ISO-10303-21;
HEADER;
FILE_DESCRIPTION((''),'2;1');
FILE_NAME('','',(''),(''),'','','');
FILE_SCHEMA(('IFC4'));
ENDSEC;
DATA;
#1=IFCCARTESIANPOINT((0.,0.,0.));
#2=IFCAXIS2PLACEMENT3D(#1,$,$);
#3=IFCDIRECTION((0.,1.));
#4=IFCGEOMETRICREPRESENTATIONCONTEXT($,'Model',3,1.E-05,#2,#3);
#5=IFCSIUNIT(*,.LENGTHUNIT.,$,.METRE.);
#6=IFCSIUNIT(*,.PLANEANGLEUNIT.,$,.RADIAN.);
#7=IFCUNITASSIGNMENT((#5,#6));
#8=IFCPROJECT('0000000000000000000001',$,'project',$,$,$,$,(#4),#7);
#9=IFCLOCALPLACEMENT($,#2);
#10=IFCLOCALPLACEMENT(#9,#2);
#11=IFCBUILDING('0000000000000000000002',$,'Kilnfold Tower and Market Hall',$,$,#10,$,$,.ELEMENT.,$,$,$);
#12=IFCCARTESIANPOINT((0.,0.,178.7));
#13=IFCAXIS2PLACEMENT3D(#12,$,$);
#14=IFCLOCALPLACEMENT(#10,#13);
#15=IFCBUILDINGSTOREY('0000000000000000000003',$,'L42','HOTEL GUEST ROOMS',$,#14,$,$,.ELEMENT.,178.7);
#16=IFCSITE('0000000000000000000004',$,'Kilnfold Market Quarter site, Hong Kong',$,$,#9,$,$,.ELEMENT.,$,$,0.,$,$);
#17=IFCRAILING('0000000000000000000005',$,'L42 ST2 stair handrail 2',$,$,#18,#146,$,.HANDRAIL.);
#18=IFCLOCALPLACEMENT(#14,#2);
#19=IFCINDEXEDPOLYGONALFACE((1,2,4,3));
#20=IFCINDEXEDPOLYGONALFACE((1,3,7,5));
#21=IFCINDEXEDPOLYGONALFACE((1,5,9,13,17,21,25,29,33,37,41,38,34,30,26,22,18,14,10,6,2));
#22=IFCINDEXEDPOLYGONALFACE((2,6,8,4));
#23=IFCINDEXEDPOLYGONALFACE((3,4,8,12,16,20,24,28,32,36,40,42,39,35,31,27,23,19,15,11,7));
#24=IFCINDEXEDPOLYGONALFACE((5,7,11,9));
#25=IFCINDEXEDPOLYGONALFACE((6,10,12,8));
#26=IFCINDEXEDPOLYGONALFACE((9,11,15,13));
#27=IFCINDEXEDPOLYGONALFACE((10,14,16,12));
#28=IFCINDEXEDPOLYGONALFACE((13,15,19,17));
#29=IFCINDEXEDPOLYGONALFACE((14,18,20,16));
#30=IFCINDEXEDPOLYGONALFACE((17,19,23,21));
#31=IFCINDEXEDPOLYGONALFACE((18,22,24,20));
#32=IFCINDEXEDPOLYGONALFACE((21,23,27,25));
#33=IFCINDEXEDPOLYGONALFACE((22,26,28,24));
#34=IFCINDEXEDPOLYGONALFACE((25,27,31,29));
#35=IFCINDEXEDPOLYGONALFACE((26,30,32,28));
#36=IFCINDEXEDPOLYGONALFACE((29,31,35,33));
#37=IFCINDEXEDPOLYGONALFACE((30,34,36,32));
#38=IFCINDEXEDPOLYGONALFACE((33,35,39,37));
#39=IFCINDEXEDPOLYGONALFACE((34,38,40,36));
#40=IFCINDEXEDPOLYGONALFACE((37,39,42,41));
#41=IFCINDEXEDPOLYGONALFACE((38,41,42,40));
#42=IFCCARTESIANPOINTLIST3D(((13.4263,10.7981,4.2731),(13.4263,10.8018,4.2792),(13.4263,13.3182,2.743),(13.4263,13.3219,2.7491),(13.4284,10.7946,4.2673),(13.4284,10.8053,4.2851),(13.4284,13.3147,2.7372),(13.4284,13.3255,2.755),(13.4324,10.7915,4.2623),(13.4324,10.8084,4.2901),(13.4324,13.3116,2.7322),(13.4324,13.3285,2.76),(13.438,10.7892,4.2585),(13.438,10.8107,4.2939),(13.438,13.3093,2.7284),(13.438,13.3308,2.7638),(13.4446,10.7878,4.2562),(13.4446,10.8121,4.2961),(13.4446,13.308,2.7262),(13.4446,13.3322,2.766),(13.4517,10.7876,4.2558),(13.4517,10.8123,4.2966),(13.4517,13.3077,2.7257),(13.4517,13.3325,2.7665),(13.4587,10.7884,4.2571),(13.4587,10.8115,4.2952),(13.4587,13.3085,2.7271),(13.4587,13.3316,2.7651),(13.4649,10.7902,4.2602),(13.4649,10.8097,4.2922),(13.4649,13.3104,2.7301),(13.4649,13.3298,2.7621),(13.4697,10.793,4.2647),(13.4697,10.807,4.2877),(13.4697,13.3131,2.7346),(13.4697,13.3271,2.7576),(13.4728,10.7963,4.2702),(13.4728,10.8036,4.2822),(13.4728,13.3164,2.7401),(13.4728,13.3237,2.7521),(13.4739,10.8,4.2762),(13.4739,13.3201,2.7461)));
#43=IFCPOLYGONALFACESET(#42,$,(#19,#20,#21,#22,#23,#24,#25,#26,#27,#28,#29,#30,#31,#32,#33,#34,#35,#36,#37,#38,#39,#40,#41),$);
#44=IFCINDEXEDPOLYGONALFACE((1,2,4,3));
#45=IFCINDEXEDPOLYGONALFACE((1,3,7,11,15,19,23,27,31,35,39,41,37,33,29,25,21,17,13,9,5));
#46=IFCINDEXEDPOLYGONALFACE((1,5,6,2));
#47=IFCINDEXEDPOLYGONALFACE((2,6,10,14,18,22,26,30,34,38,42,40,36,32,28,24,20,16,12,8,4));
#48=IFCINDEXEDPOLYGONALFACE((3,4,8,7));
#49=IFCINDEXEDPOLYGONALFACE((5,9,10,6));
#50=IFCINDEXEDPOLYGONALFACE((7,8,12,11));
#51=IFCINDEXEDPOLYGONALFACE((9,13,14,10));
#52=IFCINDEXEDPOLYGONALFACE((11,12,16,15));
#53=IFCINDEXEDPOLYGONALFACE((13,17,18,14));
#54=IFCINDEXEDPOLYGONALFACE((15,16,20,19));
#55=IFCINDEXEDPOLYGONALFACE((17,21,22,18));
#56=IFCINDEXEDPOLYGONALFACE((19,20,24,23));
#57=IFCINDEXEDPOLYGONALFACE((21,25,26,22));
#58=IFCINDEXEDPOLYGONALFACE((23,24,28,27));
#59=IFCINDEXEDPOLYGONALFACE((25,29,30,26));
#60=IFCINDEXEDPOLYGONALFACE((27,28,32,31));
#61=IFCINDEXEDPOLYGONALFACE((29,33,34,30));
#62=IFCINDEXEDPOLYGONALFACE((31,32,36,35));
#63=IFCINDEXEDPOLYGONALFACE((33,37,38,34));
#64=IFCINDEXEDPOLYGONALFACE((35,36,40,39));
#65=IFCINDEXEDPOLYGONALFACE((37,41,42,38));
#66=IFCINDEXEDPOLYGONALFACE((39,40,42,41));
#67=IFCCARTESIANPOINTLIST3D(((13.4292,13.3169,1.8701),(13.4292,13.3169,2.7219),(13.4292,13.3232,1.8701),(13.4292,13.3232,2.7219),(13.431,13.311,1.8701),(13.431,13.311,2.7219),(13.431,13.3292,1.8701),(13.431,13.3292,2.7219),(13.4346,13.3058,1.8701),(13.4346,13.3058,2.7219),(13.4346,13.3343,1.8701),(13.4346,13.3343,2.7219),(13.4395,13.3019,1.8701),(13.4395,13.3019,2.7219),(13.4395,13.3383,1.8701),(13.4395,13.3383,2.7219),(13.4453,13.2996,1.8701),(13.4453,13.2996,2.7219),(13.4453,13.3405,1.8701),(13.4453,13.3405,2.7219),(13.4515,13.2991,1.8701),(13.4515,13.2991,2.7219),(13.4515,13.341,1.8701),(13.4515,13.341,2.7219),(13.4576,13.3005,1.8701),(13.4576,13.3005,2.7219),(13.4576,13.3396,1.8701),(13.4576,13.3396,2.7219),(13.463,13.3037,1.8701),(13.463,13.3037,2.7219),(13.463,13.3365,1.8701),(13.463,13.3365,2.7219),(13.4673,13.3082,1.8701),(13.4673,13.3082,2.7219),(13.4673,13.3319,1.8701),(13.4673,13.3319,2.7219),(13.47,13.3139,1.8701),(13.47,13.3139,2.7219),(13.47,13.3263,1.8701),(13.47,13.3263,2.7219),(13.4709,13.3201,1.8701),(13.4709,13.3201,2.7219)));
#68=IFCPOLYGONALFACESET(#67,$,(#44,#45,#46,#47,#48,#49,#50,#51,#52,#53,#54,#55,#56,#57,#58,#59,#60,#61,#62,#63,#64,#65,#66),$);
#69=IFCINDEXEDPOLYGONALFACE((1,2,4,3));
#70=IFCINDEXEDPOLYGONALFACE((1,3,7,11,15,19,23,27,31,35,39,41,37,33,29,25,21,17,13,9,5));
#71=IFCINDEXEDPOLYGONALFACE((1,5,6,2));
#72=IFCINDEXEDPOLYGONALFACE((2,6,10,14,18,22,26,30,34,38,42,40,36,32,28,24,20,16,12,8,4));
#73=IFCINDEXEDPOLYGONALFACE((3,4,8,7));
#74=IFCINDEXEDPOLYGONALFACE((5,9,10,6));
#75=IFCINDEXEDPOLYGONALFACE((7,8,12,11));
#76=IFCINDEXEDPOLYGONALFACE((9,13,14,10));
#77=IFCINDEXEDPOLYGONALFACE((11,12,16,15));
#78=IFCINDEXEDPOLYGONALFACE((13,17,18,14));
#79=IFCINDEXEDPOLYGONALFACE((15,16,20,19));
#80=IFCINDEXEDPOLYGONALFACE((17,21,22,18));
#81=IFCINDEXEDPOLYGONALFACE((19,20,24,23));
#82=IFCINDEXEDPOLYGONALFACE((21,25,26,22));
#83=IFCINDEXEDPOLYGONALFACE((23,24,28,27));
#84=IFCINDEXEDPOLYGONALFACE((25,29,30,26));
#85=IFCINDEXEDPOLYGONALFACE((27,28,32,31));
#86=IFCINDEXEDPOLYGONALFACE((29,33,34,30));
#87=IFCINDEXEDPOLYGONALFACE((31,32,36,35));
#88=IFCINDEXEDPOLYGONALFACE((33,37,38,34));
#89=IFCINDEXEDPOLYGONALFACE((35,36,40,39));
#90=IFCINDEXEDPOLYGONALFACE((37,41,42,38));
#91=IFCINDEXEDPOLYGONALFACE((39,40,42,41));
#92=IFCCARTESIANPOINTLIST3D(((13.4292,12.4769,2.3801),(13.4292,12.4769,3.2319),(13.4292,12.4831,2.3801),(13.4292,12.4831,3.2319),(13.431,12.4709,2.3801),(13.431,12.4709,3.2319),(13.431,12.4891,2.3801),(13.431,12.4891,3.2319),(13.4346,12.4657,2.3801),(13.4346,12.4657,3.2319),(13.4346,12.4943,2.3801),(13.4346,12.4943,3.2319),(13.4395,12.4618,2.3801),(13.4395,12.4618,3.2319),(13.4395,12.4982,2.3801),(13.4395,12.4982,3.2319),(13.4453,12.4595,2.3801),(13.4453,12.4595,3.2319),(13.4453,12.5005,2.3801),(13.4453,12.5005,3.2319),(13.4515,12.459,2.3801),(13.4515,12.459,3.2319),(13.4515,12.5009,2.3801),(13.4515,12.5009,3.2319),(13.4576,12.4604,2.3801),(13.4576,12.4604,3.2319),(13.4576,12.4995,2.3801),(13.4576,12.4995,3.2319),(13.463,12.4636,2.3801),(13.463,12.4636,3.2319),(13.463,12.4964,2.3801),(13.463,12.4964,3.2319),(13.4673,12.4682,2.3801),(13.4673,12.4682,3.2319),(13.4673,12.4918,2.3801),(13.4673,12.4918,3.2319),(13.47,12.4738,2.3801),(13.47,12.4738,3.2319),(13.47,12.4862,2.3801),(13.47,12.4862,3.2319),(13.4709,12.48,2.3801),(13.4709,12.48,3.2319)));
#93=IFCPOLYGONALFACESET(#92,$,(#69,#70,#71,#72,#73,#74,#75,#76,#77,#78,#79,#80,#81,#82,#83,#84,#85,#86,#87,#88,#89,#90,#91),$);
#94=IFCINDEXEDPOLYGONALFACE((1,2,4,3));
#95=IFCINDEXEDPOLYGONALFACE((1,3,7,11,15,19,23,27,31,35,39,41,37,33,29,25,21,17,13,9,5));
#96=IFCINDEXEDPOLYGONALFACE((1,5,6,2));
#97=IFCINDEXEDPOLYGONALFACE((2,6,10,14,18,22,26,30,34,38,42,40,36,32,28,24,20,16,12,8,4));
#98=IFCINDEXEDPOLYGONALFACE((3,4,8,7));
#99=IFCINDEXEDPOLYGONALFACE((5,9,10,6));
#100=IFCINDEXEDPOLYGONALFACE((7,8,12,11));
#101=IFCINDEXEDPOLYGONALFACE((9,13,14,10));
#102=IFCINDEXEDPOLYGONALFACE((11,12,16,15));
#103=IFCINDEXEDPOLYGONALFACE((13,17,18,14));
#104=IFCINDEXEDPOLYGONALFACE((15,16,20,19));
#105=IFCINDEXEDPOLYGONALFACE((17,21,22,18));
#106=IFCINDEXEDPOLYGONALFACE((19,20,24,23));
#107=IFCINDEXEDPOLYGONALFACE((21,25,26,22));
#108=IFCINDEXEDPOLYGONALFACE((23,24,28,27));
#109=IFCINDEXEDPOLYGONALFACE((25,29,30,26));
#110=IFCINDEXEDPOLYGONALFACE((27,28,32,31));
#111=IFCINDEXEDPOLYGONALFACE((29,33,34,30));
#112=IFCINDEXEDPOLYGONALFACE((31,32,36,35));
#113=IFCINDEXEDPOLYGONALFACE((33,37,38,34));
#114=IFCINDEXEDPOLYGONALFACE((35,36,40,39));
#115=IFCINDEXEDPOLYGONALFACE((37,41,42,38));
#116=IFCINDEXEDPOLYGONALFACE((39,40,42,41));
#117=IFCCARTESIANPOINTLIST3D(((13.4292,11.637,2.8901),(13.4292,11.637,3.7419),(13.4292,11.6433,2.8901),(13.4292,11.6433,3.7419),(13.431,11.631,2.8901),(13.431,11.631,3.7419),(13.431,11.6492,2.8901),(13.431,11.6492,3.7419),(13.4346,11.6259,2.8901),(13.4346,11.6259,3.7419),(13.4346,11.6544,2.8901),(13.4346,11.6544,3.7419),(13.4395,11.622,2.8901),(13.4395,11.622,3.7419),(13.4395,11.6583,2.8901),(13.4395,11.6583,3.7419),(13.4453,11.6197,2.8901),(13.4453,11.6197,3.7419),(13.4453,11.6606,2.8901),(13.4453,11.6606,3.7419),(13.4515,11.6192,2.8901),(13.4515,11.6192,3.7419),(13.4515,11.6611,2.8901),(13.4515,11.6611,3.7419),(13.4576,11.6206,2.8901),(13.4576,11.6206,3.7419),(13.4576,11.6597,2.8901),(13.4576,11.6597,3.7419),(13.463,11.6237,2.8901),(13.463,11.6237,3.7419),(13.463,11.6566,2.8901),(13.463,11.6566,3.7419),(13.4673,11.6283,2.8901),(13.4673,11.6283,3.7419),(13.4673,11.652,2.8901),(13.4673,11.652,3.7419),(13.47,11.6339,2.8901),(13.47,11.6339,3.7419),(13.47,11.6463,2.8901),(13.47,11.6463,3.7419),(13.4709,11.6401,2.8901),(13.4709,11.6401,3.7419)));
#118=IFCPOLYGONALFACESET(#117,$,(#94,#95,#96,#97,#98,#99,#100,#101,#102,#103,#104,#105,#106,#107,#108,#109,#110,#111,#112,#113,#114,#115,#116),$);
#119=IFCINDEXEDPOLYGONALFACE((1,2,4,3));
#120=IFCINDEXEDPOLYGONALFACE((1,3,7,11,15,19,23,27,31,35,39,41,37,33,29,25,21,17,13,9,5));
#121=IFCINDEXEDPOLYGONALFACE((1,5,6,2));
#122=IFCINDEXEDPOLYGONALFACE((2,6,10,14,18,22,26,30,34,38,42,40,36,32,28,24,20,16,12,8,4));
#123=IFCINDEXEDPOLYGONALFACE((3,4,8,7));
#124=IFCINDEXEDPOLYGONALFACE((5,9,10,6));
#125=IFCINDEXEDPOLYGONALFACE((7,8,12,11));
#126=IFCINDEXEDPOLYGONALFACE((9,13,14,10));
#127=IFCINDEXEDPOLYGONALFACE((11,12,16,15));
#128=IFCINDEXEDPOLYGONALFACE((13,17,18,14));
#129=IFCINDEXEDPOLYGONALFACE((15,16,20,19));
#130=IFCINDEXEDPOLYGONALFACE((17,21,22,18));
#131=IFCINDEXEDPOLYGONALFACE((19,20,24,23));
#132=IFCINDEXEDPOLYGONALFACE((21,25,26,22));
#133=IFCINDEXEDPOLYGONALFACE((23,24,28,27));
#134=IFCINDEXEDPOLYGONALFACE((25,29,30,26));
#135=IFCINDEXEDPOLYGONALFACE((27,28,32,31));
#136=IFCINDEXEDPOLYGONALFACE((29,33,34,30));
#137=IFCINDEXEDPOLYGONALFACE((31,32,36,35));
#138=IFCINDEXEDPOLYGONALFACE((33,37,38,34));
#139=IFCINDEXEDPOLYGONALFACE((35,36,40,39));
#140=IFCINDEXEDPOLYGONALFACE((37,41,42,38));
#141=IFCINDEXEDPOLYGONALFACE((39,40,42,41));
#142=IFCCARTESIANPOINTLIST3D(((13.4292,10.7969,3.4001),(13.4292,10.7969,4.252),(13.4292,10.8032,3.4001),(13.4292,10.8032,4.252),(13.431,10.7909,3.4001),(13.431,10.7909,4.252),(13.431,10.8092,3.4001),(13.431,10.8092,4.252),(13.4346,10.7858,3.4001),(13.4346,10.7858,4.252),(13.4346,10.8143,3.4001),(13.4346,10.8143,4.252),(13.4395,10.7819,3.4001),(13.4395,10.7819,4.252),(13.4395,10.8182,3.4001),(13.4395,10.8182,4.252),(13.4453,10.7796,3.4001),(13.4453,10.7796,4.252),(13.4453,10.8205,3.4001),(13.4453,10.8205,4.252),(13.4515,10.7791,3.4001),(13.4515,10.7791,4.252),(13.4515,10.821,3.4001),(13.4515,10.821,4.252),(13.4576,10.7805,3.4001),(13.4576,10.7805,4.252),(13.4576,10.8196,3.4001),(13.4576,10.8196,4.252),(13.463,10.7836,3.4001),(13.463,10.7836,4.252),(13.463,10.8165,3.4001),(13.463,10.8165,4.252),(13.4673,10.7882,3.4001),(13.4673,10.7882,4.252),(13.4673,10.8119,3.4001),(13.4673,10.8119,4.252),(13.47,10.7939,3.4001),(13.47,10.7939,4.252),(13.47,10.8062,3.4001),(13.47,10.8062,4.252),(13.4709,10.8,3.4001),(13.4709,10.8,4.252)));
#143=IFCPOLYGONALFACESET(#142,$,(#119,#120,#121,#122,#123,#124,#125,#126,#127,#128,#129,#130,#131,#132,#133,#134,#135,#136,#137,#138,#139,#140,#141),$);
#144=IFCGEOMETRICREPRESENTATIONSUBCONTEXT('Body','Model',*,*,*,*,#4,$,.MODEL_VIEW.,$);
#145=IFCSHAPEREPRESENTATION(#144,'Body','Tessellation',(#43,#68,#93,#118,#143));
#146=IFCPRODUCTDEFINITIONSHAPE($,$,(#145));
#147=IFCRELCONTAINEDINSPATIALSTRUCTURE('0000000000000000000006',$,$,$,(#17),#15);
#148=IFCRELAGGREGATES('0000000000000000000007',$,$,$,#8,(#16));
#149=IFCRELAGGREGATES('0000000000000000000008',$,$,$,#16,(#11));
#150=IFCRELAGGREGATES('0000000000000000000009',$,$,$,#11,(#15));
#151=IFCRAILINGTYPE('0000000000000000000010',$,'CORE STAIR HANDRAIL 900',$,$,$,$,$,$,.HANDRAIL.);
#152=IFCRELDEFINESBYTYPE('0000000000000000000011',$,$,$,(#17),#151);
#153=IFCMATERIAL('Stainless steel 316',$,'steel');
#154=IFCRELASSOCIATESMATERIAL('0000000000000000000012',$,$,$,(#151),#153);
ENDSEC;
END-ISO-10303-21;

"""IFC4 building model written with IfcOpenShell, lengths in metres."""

from ifc_helpers import new_model, si_unit, direction, frame, origin, origin_2d, place, context, subcontext, project, spatial, circle, extrude, material, type_object, element, save


model = new_model("IFC4")

# Units and contexts
model_context = context("Model", 3, precision=1e-05, world=origin(), true_north=direction((0.0, 1.0)))
body_context = subcontext(model_context, "Body", "Model", "MODEL_VIEW")
ifc_project = project(units=[si_unit("LENGTHUNIT", "METRE"), si_unit("PLANEANGLEUNIT", "RADIAN")], contexts=[model_context])

# Site, building, storey
site_placement = place(None, origin())
site = spatial("IfcSite", under=ifc_project, at=site_placement, Name="Kilnfold Market Quarter site, Hong Kong", CompositionType="ELEMENT", RefElevation=0.0)
building_placement = place(site_placement, origin())
building = spatial("IfcBuilding", under=site, at=building_placement, Name="Kilnfold Tower and Market Hall", CompositionType="ELEMENT")
storey_placement = place(building_placement, frame((0.0, 0.0, 178.7)))
storey = spatial("IfcBuildingStorey", under=building, at=storey_placement, Name="L42", Description="HOTEL GUEST ROOMS", CompositionType="ELEMENT", Elevation=178.7)

# Railing
ifc_material_1 = material(Name="Stainless steel 316", Category="steel")
railing_type = type_object("IfcRailingType", Name="CORE STAIR HANDRAIL 900", PredefinedType="HANDRAIL", material=ifc_material_1)
for number, where, name in (
    (1, (13.45, 13.3201, 1.8701), "L42 ST2 stair handrail 2"),
):
    element("IfcRailing", number, at=place(storey_placement, frame(where)), inside=storey, type_object=railing_type, Name=name, PredefinedType="HANDRAIL", context=body_context, shape_type="SweptSolid", body=[
        extrude(circle(Radius=0.0239, at=origin_2d()), frame((0.0, 0.0, 0.876), z_axis=(0.0, -0.854785, 0.518982), x_axis=(1.0, 0.0, 0.0)), (0.0, 0.0, 1.0), 2.9482),
        extrude(circle(Radius=0.021, at=origin_2d()), origin(), (0.0, 0.0, 1.0), 0.8518),
        extrude(circle(Radius=0.021, at=origin_2d()), frame((0.0, -0.8401, 0.51)), (0.0, 0.0, 1.0), 0.8518),
        extrude(circle(Radius=0.021, at=origin_2d()), frame((0.0, -1.6799, 1.02)), (0.0, 0.0, 1.0), 0.8518),
        extrude(circle(Radius=0.021, at=origin_2d()), frame((0.0, -2.52, 1.53)), (0.0, 0.0, 1.0), 0.8518),
    ])

save(model, "model.ifc")
